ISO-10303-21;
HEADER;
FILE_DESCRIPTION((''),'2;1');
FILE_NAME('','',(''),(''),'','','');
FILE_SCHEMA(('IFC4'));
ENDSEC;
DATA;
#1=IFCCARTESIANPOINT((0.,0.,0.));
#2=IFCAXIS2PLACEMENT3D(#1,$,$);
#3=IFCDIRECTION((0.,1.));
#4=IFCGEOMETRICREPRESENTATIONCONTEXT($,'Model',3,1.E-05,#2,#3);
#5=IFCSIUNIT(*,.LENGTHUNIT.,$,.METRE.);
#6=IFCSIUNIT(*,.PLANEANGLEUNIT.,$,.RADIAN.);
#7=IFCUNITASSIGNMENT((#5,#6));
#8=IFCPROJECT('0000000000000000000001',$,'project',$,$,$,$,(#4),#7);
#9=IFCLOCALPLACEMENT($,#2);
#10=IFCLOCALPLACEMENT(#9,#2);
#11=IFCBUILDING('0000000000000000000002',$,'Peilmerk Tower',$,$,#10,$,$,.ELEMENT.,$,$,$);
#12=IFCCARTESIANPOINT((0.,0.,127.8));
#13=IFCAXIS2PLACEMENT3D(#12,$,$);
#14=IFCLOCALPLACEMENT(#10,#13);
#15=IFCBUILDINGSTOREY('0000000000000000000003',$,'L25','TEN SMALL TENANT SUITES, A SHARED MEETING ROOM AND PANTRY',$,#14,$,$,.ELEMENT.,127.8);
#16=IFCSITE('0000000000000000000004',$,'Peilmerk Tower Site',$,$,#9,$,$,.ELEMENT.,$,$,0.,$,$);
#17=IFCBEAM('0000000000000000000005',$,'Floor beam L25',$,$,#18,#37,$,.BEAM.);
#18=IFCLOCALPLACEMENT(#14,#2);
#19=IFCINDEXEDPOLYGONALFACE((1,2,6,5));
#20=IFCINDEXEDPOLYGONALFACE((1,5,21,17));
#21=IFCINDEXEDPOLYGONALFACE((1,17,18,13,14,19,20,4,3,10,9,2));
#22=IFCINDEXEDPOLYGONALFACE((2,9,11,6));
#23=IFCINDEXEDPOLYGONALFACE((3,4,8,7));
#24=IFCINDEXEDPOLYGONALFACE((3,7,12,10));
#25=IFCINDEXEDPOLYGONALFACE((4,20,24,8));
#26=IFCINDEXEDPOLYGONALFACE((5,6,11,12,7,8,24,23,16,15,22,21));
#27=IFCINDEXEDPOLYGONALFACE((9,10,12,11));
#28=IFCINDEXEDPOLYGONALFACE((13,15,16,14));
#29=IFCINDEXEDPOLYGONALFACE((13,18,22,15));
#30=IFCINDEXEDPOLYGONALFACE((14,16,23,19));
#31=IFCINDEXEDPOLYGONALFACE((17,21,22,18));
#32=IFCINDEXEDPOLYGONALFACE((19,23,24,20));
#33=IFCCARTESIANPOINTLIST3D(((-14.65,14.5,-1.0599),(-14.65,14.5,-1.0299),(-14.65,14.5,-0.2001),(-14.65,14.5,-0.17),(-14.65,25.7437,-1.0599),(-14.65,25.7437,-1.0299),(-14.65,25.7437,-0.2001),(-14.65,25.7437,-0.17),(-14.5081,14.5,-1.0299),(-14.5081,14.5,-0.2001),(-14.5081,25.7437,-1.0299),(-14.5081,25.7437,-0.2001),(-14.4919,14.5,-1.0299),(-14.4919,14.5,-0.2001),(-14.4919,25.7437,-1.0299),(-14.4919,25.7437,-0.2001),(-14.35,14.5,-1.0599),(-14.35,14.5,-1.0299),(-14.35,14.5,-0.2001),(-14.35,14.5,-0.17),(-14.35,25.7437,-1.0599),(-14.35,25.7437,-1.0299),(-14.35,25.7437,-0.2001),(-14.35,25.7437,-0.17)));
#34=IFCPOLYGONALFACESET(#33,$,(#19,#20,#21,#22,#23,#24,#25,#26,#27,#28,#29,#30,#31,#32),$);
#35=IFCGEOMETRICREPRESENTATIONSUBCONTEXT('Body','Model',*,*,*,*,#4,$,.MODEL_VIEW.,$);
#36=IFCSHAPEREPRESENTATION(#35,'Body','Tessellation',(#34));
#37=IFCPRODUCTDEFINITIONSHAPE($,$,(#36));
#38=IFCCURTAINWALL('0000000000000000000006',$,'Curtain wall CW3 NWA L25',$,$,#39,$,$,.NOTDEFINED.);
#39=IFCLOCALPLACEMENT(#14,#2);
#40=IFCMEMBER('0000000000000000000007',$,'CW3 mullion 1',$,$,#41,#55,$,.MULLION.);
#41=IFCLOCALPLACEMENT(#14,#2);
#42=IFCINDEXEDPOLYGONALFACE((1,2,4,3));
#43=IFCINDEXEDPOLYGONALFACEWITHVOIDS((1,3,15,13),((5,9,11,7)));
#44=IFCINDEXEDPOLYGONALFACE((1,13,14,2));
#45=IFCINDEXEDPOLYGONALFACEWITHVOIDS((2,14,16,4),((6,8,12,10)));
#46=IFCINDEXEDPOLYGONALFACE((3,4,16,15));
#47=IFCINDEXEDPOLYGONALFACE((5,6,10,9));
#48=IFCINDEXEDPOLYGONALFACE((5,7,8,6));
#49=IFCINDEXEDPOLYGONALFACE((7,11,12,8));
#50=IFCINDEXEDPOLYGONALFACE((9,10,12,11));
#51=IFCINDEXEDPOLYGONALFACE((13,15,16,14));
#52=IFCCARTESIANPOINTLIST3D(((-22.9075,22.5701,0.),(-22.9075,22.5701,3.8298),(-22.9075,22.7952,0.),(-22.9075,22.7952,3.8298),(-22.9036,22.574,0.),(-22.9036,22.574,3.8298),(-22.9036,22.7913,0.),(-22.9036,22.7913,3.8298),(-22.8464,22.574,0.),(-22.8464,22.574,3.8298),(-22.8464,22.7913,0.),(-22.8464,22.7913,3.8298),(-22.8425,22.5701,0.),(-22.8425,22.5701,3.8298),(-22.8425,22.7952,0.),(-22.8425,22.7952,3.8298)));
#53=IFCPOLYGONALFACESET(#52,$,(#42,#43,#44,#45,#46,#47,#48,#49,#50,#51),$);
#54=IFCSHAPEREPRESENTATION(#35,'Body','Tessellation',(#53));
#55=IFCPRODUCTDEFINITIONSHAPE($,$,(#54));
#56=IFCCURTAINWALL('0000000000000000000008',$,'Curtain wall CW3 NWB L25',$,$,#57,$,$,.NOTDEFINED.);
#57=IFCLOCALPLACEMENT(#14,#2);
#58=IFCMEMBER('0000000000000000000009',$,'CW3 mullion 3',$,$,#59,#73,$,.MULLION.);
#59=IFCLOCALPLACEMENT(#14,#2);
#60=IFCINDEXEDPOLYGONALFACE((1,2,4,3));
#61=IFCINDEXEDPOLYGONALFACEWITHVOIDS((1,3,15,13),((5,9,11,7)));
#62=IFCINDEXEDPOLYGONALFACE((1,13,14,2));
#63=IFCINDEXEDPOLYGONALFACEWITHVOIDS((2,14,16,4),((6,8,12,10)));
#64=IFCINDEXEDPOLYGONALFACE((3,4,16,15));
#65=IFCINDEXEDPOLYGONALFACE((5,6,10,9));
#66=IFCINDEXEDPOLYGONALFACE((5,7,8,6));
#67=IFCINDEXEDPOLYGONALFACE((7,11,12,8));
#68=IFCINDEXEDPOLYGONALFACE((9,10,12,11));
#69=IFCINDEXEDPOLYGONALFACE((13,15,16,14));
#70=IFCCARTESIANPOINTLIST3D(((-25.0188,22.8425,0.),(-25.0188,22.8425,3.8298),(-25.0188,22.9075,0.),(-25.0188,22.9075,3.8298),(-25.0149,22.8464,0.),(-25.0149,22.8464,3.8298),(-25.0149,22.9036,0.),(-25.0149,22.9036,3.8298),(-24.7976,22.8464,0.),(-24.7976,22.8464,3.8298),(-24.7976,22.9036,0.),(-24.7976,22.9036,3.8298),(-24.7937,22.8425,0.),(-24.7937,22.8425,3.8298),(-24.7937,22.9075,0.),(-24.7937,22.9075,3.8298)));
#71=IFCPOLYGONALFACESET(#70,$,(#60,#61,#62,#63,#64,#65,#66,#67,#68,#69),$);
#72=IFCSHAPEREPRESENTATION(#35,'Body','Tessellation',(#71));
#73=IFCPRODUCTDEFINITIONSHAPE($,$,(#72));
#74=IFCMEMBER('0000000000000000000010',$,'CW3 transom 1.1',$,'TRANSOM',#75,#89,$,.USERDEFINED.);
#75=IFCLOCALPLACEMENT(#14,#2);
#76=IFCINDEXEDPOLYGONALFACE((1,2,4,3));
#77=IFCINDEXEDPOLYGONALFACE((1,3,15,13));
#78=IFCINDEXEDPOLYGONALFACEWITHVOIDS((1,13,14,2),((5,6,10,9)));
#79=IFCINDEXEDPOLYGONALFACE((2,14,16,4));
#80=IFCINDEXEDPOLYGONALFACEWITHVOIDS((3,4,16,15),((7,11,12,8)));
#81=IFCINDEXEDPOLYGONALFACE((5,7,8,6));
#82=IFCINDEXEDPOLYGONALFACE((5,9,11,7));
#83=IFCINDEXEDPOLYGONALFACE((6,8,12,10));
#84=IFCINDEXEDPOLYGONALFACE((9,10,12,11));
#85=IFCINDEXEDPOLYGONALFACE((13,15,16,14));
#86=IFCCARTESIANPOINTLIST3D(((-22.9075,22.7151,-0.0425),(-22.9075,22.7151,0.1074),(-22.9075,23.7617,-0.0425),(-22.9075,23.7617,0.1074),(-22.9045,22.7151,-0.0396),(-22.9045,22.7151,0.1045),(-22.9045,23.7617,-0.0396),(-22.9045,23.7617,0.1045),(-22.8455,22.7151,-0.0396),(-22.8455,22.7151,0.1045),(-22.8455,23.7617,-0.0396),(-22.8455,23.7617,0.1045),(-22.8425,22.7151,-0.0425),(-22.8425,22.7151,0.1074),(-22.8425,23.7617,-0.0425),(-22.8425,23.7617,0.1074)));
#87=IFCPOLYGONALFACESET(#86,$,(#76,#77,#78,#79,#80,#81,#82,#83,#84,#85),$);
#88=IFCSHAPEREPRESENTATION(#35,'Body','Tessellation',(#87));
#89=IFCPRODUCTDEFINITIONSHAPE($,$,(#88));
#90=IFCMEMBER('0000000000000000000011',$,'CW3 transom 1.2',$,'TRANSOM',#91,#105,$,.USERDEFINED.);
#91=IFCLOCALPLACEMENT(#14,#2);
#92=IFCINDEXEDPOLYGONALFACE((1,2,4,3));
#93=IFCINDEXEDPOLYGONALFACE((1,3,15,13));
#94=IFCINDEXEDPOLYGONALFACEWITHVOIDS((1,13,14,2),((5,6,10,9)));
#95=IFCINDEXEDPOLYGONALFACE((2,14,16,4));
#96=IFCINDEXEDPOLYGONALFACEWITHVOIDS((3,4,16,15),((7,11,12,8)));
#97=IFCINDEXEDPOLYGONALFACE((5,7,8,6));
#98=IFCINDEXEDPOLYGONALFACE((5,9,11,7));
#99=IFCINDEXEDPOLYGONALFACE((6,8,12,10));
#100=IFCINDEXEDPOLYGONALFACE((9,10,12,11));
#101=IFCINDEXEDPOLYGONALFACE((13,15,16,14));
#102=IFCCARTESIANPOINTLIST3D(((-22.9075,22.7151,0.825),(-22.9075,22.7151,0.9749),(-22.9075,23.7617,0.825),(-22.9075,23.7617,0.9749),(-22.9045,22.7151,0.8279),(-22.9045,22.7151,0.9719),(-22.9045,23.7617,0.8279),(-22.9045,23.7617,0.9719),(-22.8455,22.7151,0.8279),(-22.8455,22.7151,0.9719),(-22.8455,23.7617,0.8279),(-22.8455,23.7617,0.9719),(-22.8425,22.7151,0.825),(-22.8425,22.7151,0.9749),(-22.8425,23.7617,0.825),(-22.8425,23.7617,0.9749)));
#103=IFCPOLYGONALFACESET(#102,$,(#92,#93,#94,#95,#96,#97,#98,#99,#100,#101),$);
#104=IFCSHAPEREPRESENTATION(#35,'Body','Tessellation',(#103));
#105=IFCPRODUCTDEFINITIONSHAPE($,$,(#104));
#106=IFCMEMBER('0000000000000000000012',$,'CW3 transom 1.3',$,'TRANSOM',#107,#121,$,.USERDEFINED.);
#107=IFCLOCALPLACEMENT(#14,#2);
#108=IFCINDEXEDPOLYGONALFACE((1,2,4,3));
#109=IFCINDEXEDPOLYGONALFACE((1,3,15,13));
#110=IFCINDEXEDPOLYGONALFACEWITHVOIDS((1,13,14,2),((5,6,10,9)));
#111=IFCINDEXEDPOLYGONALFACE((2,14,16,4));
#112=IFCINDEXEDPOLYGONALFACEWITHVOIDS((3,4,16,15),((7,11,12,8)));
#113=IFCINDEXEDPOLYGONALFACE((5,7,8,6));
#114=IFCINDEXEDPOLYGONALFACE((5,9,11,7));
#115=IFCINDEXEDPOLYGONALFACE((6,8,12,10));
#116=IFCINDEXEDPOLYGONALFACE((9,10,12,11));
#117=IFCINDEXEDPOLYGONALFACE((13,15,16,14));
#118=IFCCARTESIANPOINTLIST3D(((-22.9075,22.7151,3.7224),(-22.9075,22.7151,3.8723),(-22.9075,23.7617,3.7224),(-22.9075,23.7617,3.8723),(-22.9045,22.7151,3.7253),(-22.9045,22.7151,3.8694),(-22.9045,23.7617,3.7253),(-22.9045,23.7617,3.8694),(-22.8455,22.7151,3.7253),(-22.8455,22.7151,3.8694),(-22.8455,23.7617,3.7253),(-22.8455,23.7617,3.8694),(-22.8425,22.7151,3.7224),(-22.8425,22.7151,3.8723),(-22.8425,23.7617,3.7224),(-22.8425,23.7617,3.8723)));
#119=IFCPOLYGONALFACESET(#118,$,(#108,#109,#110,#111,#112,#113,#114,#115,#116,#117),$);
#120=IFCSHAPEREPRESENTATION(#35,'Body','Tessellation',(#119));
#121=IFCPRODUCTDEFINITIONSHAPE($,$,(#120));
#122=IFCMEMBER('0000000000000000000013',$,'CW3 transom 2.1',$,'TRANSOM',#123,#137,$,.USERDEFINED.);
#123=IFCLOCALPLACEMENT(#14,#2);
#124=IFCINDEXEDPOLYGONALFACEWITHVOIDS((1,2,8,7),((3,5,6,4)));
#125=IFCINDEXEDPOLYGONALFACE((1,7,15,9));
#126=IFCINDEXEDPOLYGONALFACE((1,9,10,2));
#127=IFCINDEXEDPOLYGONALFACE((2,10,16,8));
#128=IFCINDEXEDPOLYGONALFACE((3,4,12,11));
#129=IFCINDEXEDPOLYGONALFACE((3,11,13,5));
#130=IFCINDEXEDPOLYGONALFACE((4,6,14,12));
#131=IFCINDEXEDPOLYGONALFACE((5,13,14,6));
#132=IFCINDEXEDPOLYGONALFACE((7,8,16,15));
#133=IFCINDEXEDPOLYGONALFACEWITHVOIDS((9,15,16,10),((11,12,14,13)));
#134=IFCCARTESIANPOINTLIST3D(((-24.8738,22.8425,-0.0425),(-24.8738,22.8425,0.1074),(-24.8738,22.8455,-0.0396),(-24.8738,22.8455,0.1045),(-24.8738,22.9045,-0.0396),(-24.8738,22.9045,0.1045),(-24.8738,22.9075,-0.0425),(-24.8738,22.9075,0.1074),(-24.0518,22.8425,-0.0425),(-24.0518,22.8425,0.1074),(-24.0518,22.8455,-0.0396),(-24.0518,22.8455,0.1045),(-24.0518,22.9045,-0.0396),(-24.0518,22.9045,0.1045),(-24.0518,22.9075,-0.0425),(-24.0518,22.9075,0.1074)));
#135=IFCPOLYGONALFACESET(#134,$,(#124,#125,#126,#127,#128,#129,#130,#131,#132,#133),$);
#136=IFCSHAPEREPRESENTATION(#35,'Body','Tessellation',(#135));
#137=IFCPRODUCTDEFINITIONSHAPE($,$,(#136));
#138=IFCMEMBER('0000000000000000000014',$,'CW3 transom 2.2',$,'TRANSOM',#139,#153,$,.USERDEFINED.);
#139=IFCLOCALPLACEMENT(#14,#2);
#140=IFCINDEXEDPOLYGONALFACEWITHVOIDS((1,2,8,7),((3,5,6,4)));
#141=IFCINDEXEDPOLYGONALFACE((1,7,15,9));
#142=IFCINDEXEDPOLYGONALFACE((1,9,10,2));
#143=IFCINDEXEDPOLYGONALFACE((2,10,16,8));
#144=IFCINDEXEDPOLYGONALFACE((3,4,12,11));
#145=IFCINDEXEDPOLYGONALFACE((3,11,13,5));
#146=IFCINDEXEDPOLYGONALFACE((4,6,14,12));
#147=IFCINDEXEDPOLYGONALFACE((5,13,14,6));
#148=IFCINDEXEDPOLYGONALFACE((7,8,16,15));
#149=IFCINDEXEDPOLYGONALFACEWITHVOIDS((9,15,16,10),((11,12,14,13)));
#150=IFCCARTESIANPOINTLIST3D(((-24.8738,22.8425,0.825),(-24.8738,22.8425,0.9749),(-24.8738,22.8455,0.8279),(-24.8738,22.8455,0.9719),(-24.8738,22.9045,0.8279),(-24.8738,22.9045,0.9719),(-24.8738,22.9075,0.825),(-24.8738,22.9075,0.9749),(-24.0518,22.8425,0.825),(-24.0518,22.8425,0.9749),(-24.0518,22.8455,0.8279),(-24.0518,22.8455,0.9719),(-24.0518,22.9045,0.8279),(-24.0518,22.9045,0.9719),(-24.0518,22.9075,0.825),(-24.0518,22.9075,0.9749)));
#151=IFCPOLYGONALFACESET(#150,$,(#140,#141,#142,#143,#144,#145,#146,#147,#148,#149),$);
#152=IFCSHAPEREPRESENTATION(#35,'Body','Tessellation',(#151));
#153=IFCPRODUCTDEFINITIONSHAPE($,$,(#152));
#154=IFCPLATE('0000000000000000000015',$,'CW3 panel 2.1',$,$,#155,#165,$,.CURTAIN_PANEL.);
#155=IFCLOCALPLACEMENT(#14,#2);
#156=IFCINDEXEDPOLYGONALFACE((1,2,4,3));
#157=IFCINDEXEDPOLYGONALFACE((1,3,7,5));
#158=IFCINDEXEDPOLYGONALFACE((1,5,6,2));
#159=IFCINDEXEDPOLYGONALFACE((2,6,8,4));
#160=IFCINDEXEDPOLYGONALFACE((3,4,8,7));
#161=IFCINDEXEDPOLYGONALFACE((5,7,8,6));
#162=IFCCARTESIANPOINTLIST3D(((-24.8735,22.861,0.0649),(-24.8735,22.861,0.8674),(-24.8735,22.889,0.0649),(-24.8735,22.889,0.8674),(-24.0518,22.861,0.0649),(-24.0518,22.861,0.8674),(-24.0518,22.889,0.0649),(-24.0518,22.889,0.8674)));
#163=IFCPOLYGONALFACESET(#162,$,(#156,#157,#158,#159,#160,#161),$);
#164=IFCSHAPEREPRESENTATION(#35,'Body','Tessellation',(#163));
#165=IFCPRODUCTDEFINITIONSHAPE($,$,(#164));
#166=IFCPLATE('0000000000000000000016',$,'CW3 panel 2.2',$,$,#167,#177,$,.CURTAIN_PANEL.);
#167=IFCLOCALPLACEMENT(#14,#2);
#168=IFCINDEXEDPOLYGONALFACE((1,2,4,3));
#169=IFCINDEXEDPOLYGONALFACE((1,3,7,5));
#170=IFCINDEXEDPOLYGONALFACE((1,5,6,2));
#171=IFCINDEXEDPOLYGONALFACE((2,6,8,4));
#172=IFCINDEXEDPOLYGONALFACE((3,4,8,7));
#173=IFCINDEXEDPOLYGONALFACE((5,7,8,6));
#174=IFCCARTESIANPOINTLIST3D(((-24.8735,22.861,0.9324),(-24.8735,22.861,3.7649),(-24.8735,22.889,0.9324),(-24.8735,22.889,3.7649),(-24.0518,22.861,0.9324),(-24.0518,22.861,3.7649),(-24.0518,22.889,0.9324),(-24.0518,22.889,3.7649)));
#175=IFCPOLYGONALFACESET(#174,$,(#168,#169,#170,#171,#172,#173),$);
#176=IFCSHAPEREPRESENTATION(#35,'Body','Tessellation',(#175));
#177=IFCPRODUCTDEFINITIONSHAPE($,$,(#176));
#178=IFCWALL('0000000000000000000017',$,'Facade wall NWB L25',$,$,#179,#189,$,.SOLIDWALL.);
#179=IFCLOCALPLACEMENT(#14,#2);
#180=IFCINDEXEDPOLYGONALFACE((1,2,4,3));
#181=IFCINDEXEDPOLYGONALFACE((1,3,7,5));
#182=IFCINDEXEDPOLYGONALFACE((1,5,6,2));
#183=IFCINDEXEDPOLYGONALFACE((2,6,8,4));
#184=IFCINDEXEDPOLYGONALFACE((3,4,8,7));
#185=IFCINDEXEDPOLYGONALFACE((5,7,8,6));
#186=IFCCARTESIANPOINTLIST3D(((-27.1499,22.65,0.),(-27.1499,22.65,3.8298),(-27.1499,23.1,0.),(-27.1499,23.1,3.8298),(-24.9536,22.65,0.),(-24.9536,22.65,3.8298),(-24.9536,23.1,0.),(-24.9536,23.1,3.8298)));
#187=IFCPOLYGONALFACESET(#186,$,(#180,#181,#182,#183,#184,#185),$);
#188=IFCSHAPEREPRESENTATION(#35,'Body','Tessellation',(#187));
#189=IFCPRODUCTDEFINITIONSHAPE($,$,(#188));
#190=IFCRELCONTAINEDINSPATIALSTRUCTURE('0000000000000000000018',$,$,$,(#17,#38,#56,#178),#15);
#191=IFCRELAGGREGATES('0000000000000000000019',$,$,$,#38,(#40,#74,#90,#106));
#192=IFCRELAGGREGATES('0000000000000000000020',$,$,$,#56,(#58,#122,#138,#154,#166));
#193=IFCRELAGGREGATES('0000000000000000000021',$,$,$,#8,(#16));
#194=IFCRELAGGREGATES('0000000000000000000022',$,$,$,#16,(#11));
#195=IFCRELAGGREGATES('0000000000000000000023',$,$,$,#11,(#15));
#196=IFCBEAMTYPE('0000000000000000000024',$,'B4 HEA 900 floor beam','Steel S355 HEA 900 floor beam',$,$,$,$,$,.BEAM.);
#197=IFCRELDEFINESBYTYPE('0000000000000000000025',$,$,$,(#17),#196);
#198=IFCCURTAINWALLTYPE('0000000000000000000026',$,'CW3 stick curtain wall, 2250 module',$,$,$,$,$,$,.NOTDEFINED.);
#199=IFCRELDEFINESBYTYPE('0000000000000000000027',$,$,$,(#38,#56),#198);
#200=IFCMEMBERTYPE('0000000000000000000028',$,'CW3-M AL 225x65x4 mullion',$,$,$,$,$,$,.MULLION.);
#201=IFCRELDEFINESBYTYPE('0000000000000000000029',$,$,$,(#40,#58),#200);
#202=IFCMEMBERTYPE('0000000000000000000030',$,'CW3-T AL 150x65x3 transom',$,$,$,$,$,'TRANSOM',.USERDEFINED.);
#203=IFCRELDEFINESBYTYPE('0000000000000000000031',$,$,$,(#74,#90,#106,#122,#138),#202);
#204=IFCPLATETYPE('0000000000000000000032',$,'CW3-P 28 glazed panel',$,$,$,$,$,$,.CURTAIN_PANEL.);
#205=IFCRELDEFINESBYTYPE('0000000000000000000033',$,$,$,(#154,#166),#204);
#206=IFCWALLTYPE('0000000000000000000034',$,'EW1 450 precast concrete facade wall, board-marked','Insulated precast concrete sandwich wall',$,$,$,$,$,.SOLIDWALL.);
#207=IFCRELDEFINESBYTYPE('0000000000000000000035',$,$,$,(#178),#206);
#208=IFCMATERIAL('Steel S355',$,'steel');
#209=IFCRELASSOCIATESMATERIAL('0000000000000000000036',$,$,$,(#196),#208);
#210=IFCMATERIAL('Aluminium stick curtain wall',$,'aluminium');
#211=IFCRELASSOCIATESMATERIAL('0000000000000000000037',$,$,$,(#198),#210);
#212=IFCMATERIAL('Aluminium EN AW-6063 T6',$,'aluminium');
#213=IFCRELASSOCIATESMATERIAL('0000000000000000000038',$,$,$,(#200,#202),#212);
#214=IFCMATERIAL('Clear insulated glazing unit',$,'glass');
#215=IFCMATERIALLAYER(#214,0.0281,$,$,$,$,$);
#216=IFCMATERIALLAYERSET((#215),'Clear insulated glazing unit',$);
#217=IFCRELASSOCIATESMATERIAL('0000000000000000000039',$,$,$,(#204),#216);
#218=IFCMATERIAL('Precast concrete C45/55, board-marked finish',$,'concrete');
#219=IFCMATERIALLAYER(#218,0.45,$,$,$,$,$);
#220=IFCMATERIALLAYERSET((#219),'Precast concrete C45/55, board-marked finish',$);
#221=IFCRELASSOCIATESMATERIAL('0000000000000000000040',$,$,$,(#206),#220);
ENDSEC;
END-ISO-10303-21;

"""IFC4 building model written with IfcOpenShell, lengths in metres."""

from ifc_helpers import new_model, si_unit, direction, frame, frame_2d, origin, origin_2d, place, context, subcontext, project, spatial, rectangle, hollow_rectangle, i_section, extrude, material, layer, layer_set, material_profile, profile_set, type_object, element, aggregate, save


model = new_model("IFC4")

# Units and contexts
model_context = context("Model", 3, precision=1e-05, world=origin(), true_north=direction((0.0, 1.0)))
body_context = subcontext(model_context, "Body", "Model", "MODEL_VIEW")
ifc_project = project(units=[si_unit("LENGTHUNIT", "METRE"), si_unit("PLANEANGLEUNIT", "RADIAN")], contexts=[model_context])

# Site, building, storey
site_placement = place(None, origin())
site = spatial("IfcSite", under=ifc_project, at=site_placement, Name="Peilmerk Tower Site", CompositionType="ELEMENT", RefElevation=0.0)
building_placement = place(site_placement, origin())
building = spatial("IfcBuilding", under=site, at=building_placement, Name="Peilmerk Tower", CompositionType="ELEMENT")
storey_placement = place(building_placement, frame((0.0, 0.0, 127.8)))
storey = spatial("IfcBuildingStorey", under=building, at=storey_placement, Name="L25", Description="TEN SMALL TENANT SUITES, A SHARED MEETING ROOM AND PANTRY", CompositionType="ELEMENT", Elevation=127.8)

# Beam
ifc_material_1 = material(Name="Steel S355", Category="steel")
ifc_material_profile_1 = material_profile(ifc_material_1, i_section(OverallWidth=0.3, OverallDepth=0.8899, WebThickness=0.0161, FlangeThickness=0.03, at=origin_2d()), Name="HEA 900")
ifc_profile_set_1 = profile_set([ifc_material_profile_1], Name="Steel S355")
beam_type_1 = type_object("IfcBeamType", Name="B4 HEA 900 floor beam", Description="Steel S355 HEA 900 floor beam", PredefinedType="BEAM", material=ifc_profile_set_1)
beam_1_placement = place(storey_placement, frame((-14.5, 14.5, -0.615), z_axis=(0.0, 1.0, 0.0), x_axis=(-1.0, 0.0, 0.0)))
element("IfcBeam", 1, at=beam_1_placement, inside=storey, type_object=beam_type_1, Name="Floor beam L25", PredefinedType="BEAM", context=body_context, shape_type="SweptSolid", body=[
    extrude(i_section(OverallWidth=0.3, OverallDepth=0.8899, WebThickness=0.0161, FlangeThickness=0.03, at=origin_2d()), origin(), (0.0, 0.0, 1.0), 11.2437),
])

# Curtain walls, members
ifc_material_2 = material(Name="Aluminium stick curtain wall", Category="aluminium")
curtain_wall_type = type_object("IfcCurtainWallType", Name="CW3 stick curtain wall, 2250 module", PredefinedType="NOTDEFINED", material=ifc_material_2)
curtain_wall_1_placement = place(storey_placement, origin())
curtain_wall_1 = element("IfcCurtainWall", 2, at=curtain_wall_1_placement, inside=storey, type_object=curtain_wall_type, Name="Curtain wall CW3 NWA L25", PredefinedType="NOTDEFINED")
ifc_material_3 = material(Name="Aluminium EN AW-6063 T6", Category="aluminium")
ifc_material_profile_2 = material_profile(ifc_material_3, hollow_rectangle(XDim=0.0649, YDim=0.2251, WallThickness=0.0039, at=origin_2d()), Name="AL 225x65x4")
ifc_profile_set_2 = profile_set([ifc_material_profile_2], Name="Aluminium EN AW-6063 T6")
member_type_1 = type_object("IfcMemberType", Name="CW3-M AL 225x65x4 mullion", PredefinedType="MULLION", material=ifc_profile_set_2)
member_1_placement = place(storey_placement, frame((-22.875, 22.6826, 0.0), z_axis=(0.0, 0.0, 1.0), x_axis=(-1.0, 0.0, 0.0)))
member_1 = element("IfcMember", 3, at=member_1_placement, type_object=member_type_1, Name="CW3 mullion 1", PredefinedType="MULLION", context=body_context, shape_type="SweptSolid", body=[
    extrude(hollow_rectangle(XDim=0.0649, YDim=0.2251, WallThickness=0.0039, at=origin_2d()), origin(), (0.0, 0.0, 1.0), 3.8298),
])
curtain_wall_2_placement = place(storey_placement, origin())
curtain_wall_2 = element("IfcCurtainWall", 4, at=curtain_wall_2_placement, inside=storey, type_object=curtain_wall_type, Name="Curtain wall CW3 NWB L25", PredefinedType="NOTDEFINED")
member_2_placement = place(storey_placement, frame((-24.9062, 22.875, 0.0), z_axis=(0.0, 0.0, 1.0), x_axis=(0.0, -1.0, 0.0)))
member_2 = element("IfcMember", 5, at=member_2_placement, type_object=member_type_1, Name="CW3 mullion 3", PredefinedType="MULLION", context=body_context, shape_type="SweptSolid", body=[
    extrude(hollow_rectangle(XDim=0.0649, YDim=0.2251, WallThickness=0.0039, at=origin_2d()), origin(), (0.0, 0.0, 1.0), 3.8298),
])

# Members
ifc_material_profile_3 = material_profile(ifc_material_3, hollow_rectangle(XDim=0.0649, YDim=0.1499, WallThickness=0.0029, at=origin_2d()), Name="AL 150x65x3")
ifc_profile_set_3 = profile_set([ifc_material_profile_3], Name="Aluminium EN AW-6063 T6")
member_type_2 = type_object("IfcMemberType", Name="CW3-T AL 150x65x3 transom", ElementType="TRANSOM", PredefinedType="USERDEFINED", material=ifc_profile_set_3)
member_3_placement = place(storey_placement, frame((-22.875, 22.7151, 0.0325), z_axis=(0.0, 1.0, 0.0), x_axis=(-1.0, 0.0, 0.0)))
member_3 = element("IfcMember", 6, at=member_3_placement, type_object=member_type_2, Name="CW3 transom 1.1", ObjectType="TRANSOM", PredefinedType="USERDEFINED", context=body_context, shape_type="SweptSolid", body=[
    extrude(hollow_rectangle(XDim=0.0649, YDim=0.1499, WallThickness=0.0029, at=origin_2d()), origin(), (0.0, 0.0, 1.0), 1.0466),
])
member_4_placement = place(storey_placement, frame((-22.875, 22.7151, 0.8999), z_axis=(0.0, 1.0, 0.0), x_axis=(-1.0, 0.0, 0.0)))
member_4 = element("IfcMember", 7, at=member_4_placement, type_object=member_type_2, Name="CW3 transom 1.2", ObjectType="TRANSOM", PredefinedType="USERDEFINED", context=body_context, shape_type="SweptSolid", body=[
    extrude(hollow_rectangle(XDim=0.0649, YDim=0.1499, WallThickness=0.0029, at=origin_2d()), origin(), (0.0, 0.0, 1.0), 1.0466),
])
member_5_placement = place(storey_placement, frame((-22.875, 22.7151, 3.7974), z_axis=(0.0, 1.0, 0.0), x_axis=(-1.0, 0.0, 0.0)))
member_5 = element("IfcMember", 8, at=member_5_placement, type_object=member_type_2, Name="CW3 transom 1.3", ObjectType="TRANSOM", PredefinedType="USERDEFINED", context=body_context, shape_type="SweptSolid", body=[
    extrude(hollow_rectangle(XDim=0.0649, YDim=0.1499, WallThickness=0.0029, at=origin_2d()), origin(), (0.0, 0.0, 1.0), 1.0466),
])
aggregate(curtain_wall_1, [member_1, member_3, member_4, member_5])
member_6_placement = place(storey_placement, frame((-24.0518, 22.875, 0.0325), z_axis=(-1.0, 0.0, 0.0), x_axis=(0.0, -1.0, 0.0)))
member_6 = element("IfcMember", 9, at=member_6_placement, type_object=member_type_2, Name="CW3 transom 2.1", ObjectType="TRANSOM", PredefinedType="USERDEFINED", context=body_context, shape_type="SweptSolid", body=[
    extrude(hollow_rectangle(XDim=0.0649, YDim=0.1499, WallThickness=0.0029, at=origin_2d()), origin(), (0.0, 0.0, 1.0), 0.822),
])
member_7_placement = place(storey_placement, frame((-24.0518, 22.875, 0.8999), z_axis=(-1.0, 0.0, 0.0), x_axis=(0.0, -1.0, 0.0)))
member_7 = element("IfcMember", 10, at=member_7_placement, type_object=member_type_2, Name="CW3 transom 2.2", ObjectType="TRANSOM", PredefinedType="USERDEFINED", context=body_context, shape_type="SweptSolid", body=[
    extrude(hollow_rectangle(XDim=0.0649, YDim=0.1499, WallThickness=0.0029, at=origin_2d()), origin(), (0.0, 0.0, 1.0), 0.822),
])

# Plates
ifc_material_4 = material(Name="Clear insulated glazing unit", Category="glass")
ifc_layer_1 = layer(ifc_material_4, 0.0281)
ifc_layer_set_1 = layer_set([ifc_layer_1], Name="Clear insulated glazing unit")
plate_type = type_object("IfcPlateType", Name="CW3-P 28 glazed panel", PredefinedType="CURTAIN_PANEL", material=ifc_layer_set_1)
plate_1_placement = place(storey_placement, frame((-24.4626, 22.875, 0.0649), z_axis=(0.0, 0.0, 1.0), x_axis=(-1.0, 0.0, 0.0)))
plate_1 = element("IfcPlate", 11, at=plate_1_placement, type_object=plate_type, Name="CW3 panel 2.1", PredefinedType="CURTAIN_PANEL", context=body_context, shape_type="SweptSolid", body=[
    extrude(rectangle(XDim=0.8218, YDim=0.0281, at=origin_2d()), origin(), (0.0, 0.0, 1.0), 0.8025),
])
plate_2_placement = place(storey_placement, frame((-24.4626, 22.875, 0.9324), z_axis=(0.0, 0.0, 1.0), x_axis=(-1.0, 0.0, 0.0)))
plate_2 = element("IfcPlate", 12, at=plate_2_placement, type_object=plate_type, Name="CW3 panel 2.2", PredefinedType="CURTAIN_PANEL", context=body_context, shape_type="SweptSolid", body=[
    extrude(rectangle(XDim=0.8218, YDim=0.0281, at=origin_2d()), origin(), (0.0, 0.0, 1.0), 2.8325),
])
aggregate(curtain_wall_2, [member_2, member_6, member_7, plate_1, plate_2])

# Wall
ifc_material_5 = material(Name="Precast concrete C45/55, board-marked finish", Category="concrete")
ifc_layer_2 = layer(ifc_material_5, 0.45)
ifc_layer_set_2 = layer_set([ifc_layer_2], Name="Precast concrete C45/55, board-marked finish")
wall_type_1 = type_object("IfcWallType", Name="EW1 450 precast concrete facade wall, board-marked", Description="Insulated precast concrete sandwich wall", PredefinedType="SOLIDWALL", material=ifc_layer_set_2)
wall_1_placement = place(storey_placement, frame((-24.9536, 22.875, 0.0), z_axis=(0.0, 0.0, 1.0), x_axis=(-1.0, 0.0, 0.0)))
element("IfcWall", 13, at=wall_1_placement, inside=storey, type_object=wall_type_1, Name="Facade wall NWB L25", PredefinedType="SOLIDWALL", context=body_context, shape_type="SweptSolid", body=[
    extrude(rectangle(XDim=2.1963, YDim=0.45, at=frame_2d((1.0981, 0.0))), origin(), (0.0, 0.0, 1.0), 3.8298),
])

save(model, "model.ifc")
